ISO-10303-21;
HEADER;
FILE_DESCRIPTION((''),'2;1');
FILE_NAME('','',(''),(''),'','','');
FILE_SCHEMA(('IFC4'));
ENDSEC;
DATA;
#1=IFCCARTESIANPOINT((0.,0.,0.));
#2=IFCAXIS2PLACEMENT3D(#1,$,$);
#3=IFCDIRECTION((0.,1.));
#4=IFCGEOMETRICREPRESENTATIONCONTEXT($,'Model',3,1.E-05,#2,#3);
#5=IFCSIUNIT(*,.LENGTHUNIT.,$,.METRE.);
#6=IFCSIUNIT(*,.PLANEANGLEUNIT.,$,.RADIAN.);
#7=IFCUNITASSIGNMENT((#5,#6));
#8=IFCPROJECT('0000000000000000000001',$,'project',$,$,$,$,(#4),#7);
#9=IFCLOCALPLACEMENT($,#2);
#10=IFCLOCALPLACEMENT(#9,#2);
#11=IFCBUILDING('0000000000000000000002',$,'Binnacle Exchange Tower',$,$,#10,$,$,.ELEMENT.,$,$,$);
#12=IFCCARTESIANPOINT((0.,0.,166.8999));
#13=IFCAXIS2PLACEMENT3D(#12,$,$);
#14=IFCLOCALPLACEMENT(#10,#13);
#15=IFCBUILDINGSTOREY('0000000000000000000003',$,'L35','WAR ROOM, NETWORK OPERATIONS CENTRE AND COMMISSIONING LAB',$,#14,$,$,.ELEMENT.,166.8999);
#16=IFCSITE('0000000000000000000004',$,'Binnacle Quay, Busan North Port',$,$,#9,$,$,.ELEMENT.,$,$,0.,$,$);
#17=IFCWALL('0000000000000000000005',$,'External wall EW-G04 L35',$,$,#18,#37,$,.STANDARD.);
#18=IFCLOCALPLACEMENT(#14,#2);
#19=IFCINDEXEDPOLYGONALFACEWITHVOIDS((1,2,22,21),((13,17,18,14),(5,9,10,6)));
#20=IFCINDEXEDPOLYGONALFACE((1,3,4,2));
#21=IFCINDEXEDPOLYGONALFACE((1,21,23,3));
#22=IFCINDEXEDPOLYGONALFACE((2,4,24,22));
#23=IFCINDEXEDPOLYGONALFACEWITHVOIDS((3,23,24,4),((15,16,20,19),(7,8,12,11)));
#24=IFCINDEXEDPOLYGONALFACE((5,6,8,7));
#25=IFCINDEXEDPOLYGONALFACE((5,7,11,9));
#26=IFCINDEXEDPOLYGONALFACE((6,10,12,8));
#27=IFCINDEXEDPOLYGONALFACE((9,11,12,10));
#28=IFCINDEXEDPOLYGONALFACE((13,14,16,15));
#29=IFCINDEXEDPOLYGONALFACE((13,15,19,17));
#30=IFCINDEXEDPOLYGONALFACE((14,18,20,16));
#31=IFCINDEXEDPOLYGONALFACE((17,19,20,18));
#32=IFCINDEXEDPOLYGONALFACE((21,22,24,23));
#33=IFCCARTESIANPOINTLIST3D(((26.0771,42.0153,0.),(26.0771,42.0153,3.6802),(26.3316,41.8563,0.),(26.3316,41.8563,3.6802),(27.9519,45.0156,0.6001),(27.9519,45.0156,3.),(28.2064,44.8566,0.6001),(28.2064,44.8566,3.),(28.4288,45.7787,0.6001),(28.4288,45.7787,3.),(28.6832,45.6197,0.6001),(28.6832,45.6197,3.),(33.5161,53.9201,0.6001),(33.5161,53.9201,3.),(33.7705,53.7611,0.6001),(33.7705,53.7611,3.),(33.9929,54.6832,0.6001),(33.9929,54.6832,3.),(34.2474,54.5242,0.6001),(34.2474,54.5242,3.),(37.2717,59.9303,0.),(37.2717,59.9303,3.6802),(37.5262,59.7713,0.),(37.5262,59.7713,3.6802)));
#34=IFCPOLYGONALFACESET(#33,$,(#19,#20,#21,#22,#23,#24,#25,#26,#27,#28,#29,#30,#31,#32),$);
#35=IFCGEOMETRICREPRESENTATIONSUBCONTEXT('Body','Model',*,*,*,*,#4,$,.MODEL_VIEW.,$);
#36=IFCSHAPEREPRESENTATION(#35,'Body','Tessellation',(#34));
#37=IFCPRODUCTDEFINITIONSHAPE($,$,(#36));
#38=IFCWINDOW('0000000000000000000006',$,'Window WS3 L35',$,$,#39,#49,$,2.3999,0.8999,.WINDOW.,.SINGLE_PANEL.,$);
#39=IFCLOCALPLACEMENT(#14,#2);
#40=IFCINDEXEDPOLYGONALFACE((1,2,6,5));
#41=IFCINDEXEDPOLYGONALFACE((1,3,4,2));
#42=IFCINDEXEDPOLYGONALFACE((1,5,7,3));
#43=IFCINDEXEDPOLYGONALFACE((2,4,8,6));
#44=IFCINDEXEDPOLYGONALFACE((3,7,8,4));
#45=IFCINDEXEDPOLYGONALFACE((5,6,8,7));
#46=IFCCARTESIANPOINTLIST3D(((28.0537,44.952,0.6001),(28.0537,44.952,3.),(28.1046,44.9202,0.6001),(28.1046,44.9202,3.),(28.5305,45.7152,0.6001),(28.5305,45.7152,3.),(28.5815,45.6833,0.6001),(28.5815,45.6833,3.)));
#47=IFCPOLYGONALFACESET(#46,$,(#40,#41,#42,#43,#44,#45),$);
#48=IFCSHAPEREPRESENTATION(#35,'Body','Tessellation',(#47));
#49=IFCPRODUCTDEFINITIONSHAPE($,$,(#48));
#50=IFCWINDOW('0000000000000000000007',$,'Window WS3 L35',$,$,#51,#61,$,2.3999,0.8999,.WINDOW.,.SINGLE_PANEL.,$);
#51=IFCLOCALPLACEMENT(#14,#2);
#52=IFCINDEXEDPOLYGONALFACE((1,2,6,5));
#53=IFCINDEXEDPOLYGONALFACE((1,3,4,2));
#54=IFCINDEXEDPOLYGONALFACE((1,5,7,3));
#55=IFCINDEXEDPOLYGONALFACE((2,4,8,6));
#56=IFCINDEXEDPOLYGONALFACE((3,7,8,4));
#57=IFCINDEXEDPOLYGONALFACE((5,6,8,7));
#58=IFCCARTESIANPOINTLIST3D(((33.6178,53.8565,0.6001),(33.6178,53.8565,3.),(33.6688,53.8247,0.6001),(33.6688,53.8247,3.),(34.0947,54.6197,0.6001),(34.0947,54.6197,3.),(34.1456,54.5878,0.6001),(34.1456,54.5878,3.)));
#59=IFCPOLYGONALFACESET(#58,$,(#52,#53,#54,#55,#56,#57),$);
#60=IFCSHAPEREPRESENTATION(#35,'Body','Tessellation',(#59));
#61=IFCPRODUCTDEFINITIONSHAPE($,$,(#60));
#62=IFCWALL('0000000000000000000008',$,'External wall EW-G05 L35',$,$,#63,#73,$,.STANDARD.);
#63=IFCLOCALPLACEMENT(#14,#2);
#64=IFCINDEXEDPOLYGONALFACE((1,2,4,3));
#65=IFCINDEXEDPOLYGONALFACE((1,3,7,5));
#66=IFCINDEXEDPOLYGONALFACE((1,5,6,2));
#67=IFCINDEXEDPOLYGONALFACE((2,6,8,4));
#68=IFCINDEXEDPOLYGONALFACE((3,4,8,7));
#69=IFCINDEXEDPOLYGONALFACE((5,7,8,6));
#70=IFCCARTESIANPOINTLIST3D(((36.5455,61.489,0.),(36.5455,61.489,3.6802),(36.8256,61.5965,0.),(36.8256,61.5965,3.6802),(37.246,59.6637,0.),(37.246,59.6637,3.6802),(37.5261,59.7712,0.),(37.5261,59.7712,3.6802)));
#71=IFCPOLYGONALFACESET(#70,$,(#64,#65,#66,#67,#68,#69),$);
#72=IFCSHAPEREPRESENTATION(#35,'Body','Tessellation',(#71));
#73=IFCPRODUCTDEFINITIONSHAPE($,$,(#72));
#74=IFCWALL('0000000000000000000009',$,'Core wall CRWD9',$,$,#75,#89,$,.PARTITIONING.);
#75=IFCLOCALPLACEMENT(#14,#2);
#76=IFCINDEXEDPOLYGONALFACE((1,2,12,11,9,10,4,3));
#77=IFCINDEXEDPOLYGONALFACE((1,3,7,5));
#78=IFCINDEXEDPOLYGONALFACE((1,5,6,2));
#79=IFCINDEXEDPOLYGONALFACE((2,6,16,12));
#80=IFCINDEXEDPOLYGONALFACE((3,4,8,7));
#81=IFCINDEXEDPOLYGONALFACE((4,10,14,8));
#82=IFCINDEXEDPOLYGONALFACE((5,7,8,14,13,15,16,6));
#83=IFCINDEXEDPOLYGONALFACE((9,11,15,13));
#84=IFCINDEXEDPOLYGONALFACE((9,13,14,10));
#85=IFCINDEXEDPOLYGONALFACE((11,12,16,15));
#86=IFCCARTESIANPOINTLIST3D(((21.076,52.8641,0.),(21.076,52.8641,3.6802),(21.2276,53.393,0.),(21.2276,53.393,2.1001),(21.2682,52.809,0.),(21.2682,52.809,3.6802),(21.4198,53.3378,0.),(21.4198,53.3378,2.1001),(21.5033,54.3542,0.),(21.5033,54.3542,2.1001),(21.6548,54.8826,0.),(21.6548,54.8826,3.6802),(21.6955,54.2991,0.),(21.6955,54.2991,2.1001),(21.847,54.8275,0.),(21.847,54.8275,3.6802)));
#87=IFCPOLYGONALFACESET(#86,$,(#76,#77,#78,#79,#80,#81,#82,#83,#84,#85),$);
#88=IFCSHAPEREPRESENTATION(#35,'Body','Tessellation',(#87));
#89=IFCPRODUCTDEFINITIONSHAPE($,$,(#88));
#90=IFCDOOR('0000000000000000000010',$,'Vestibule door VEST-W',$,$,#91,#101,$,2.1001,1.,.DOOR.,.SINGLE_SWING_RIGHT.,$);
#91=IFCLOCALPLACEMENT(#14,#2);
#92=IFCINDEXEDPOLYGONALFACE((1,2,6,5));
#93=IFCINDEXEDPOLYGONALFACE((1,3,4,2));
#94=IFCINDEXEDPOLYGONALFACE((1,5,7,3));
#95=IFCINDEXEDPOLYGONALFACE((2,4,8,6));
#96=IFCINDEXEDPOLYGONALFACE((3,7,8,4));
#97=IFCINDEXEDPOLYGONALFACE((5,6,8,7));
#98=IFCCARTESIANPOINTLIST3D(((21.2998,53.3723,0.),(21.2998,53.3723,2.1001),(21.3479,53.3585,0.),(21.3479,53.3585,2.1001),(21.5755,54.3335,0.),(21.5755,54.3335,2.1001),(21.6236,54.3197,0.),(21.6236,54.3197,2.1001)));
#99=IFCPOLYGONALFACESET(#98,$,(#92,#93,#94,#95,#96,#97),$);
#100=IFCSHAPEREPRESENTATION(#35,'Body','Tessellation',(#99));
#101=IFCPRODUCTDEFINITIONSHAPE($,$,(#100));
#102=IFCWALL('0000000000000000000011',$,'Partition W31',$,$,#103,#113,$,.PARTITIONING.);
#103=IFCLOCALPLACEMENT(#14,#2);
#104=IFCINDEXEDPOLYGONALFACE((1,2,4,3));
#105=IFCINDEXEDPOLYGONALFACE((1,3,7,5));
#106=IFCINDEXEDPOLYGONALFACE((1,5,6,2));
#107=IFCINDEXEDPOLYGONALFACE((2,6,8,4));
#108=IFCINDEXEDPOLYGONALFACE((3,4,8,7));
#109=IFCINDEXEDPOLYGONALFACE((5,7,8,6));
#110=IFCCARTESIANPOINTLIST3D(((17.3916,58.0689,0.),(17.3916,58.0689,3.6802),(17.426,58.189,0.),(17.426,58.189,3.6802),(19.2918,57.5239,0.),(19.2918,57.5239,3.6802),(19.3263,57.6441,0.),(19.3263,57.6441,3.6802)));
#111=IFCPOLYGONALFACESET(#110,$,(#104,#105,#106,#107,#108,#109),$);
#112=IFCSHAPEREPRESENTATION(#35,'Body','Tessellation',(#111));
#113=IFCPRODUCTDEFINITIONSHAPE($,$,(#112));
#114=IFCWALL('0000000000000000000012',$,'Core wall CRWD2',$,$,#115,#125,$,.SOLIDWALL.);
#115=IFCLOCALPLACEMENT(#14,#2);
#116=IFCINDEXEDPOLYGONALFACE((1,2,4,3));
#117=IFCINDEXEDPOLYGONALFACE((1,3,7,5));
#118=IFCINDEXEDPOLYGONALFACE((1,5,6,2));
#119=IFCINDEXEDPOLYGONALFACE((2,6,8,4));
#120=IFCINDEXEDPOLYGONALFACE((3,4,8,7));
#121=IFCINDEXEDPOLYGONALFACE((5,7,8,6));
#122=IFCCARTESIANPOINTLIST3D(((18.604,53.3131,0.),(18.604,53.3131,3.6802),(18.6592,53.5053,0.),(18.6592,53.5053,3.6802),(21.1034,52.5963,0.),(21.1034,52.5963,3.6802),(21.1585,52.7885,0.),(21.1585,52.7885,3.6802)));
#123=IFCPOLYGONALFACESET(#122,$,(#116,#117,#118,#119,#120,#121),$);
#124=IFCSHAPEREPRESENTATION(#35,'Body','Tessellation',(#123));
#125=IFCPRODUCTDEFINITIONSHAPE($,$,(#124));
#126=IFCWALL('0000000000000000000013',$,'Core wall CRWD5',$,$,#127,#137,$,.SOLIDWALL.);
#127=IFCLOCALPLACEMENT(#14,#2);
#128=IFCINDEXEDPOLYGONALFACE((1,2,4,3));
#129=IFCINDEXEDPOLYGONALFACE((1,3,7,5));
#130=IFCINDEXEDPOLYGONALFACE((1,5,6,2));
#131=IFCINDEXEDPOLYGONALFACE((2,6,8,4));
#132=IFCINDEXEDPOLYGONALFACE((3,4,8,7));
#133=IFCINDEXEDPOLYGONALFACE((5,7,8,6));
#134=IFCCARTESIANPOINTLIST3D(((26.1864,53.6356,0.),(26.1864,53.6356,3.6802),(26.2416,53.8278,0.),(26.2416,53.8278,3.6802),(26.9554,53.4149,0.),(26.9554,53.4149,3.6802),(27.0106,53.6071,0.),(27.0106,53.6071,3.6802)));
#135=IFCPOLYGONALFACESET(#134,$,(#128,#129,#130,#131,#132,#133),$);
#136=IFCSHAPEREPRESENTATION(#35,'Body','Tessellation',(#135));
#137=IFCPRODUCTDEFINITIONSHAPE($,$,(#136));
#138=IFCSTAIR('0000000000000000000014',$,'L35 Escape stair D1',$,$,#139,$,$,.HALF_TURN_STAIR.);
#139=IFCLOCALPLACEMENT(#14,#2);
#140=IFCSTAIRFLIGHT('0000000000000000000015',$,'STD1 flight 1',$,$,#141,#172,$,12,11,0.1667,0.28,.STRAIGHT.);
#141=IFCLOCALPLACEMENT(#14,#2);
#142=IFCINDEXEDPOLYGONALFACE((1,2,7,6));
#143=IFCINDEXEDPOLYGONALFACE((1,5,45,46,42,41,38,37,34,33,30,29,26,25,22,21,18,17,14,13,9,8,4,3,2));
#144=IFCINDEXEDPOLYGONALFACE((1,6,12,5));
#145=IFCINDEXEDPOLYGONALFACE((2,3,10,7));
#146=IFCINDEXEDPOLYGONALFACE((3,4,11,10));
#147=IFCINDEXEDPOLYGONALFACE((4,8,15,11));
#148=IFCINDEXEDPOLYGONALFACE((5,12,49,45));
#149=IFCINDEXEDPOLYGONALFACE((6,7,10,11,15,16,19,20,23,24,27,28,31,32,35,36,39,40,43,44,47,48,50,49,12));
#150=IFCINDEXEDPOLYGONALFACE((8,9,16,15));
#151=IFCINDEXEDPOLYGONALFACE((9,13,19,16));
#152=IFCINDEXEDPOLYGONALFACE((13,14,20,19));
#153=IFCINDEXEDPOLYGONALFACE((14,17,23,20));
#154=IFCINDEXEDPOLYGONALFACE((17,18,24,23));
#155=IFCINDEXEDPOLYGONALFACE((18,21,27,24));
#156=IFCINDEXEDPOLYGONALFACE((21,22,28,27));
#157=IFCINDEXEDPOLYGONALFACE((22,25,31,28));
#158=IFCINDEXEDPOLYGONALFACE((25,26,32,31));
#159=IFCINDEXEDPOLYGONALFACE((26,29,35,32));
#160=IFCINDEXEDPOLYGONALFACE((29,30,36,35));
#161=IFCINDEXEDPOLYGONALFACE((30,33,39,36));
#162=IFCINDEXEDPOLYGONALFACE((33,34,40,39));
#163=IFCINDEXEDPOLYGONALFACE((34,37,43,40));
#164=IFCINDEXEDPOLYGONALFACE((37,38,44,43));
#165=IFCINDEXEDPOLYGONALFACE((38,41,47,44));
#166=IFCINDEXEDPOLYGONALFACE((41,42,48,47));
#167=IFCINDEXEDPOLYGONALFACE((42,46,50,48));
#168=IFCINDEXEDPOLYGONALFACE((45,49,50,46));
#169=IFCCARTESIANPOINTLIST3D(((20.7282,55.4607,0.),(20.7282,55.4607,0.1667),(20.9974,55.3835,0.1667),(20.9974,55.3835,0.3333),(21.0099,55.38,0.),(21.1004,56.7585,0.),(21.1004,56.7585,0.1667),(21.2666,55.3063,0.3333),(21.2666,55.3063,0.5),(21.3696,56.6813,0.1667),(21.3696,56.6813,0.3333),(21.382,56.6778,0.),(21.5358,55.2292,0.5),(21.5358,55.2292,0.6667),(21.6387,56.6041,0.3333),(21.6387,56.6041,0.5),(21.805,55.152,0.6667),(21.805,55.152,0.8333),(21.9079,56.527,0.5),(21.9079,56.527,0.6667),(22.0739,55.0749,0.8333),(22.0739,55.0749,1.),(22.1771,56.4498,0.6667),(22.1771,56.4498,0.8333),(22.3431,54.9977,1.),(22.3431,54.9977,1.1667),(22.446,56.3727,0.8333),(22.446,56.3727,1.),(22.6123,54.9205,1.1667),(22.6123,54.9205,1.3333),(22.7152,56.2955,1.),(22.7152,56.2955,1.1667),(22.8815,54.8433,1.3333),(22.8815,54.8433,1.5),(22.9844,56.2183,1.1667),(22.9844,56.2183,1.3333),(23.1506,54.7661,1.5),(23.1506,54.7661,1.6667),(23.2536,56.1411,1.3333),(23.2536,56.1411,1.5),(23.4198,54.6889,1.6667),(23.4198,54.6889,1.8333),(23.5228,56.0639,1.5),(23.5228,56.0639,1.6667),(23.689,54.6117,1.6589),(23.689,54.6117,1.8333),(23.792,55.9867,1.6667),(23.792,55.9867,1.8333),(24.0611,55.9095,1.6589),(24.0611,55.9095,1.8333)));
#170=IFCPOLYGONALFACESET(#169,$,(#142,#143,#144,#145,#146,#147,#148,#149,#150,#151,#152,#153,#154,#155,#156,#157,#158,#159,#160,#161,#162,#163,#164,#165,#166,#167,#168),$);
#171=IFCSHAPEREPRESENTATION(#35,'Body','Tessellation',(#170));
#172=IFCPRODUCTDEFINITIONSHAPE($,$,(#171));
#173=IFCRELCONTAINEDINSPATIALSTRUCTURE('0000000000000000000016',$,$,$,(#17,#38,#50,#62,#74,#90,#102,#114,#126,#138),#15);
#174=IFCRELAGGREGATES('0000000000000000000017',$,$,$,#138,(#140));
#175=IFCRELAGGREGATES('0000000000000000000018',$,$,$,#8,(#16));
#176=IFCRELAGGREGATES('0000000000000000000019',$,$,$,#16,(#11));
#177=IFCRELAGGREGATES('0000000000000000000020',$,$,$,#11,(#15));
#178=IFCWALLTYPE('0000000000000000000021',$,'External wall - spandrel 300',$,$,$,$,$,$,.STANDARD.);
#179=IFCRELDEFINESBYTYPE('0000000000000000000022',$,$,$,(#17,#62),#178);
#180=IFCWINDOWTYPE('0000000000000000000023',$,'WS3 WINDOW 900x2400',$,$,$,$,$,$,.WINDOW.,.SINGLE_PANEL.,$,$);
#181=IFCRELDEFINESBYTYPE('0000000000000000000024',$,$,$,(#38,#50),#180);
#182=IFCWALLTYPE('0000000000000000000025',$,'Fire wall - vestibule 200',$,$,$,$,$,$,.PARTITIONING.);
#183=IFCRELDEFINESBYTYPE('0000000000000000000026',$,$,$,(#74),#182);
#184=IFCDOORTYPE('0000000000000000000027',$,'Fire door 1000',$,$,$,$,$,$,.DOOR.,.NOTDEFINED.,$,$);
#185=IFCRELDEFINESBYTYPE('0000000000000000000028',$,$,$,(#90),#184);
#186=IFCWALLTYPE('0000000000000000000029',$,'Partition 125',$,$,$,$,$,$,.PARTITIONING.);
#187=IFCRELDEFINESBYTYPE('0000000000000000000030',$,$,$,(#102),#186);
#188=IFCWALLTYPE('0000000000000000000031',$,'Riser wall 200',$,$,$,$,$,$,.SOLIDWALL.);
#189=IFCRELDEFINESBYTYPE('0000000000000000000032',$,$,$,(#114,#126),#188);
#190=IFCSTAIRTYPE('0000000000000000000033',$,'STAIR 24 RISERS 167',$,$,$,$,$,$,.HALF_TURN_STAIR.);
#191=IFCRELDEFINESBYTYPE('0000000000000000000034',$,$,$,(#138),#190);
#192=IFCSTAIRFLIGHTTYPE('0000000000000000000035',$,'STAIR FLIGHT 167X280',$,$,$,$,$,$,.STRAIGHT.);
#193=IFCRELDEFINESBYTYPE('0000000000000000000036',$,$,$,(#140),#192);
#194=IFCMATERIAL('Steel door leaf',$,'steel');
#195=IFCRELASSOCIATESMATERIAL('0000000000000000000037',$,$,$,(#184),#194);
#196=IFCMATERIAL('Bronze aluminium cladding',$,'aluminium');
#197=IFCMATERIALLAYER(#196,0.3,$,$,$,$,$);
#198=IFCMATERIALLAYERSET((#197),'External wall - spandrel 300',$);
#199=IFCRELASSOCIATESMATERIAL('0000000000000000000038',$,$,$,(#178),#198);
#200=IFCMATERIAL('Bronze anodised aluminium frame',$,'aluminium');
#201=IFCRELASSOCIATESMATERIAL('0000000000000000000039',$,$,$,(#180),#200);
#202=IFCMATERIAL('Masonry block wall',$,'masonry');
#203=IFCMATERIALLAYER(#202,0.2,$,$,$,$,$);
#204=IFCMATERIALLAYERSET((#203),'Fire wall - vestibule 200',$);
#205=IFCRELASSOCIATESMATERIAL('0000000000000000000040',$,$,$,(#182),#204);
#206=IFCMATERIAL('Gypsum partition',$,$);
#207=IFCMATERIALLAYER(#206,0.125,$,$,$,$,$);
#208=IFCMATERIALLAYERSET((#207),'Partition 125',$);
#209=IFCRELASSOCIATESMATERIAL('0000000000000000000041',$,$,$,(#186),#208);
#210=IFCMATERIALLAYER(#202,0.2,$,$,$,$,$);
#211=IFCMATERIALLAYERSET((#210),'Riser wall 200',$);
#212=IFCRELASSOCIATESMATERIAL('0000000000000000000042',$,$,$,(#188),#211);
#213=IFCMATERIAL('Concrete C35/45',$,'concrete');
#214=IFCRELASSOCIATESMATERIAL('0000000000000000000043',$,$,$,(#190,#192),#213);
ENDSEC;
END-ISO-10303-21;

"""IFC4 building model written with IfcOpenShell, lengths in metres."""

from ifc_helpers import new_model, si_unit, direction, frame, frame_2d, origin, place, context, subcontext, project, spatial, polyline, rectangle, outline, extrude, material, layer, layer_set, type_object, element, fill, aggregate, save


model = new_model("IFC4")

# Units and contexts
model_context = context("Model", 3, precision=1e-05, world=origin(), true_north=direction((0.0, 1.0)))
body_context = subcontext(model_context, "Body", "Model", "MODEL_VIEW")
ifc_project = project(units=[si_unit("LENGTHUNIT", "METRE"), si_unit("PLANEANGLEUNIT", "RADIAN")], contexts=[model_context])

# Site, building, storey
site_placement = place(None, origin())
site = spatial("IfcSite", under=ifc_project, at=site_placement, Name="Binnacle Quay, Busan North Port", CompositionType="ELEMENT", RefElevation=0.0)
building_placement = place(site_placement, origin())
building = spatial("IfcBuilding", under=site, at=building_placement, Name="Binnacle Exchange Tower", CompositionType="ELEMENT")
storey_placement = place(building_placement, frame((0.0, 0.0, 166.8999)))
storey = spatial("IfcBuildingStorey", under=building, at=storey_placement, Name="L35", Description="WAR ROOM, NETWORK OPERATIONS CENTRE AND COMMISSIONING LAB", CompositionType="ELEMENT", Elevation=166.8999)

# Shared definitions
ifc_material_1 = material(Name="Steel door leaf", Category="steel")

# Shared definitions
door_type_1 = type_object("IfcDoorType", Name="Fire door 1000", OperationType="NOTDEFINED", PredefinedType="DOOR", material=ifc_material_1)

# Wall, openings, windows
ifc_material_2 = material(Name="Bronze aluminium cladding", Category="aluminium")
ifc_layer_1 = layer(ifc_material_2, 0.3)
ifc_layer_set_1 = layer_set([ifc_layer_1], Name="External wall - spandrel 300")
wall_type_1 = type_object("IfcWallType", Name="External wall - spandrel 300", PredefinedType="STANDARD", material=ifc_layer_set_1)
wall_1_placement = place(storey_placement, frame((37.3989, 59.8508, 0.0), z_axis=(0.0, 0.0, 1.0), x_axis=(-0.52992, -0.848048, 0.0)))
wall_1 = element("IfcWall", 1, at=wall_1_placement, inside=storey, type_object=wall_type_1, Name="External wall EW-G04 L35", PredefinedType="STANDARD", context=body_context, shape_type="SweptSolid", body=[
    extrude(rectangle(XDim=21.125, YDim=0.3, at=frame_2d((10.5625, 0.0))), origin(), (0.0, 0.0, 1.0), 3.6802),
])
opening_1_placement = place(wall_1_placement, frame((16.6873, 0.0, 0.6001)))
opening_1 = element("IfcOpeningElement", 2, at=opening_1_placement, cuts=wall_1, PredefinedType="OPENING", context=body_context, shape_type="SweptSolid", body=[
    extrude(rectangle(XDim=0.8999, YDim=2.3999, at=frame_2d((0.45, 1.2))), frame((0.0, 0.1599, 0.0), z_axis=(0.0, -1.0, 0.0), x_axis=(1.0, 0.0, 0.0)), (0.0, 0.0, 1.0), 0.3201),
])
opening_2_placement = place(wall_1_placement, frame((6.1873, 0.0, 0.6001)))
opening_2 = element("IfcOpeningElement", 3, at=opening_2_placement, cuts=wall_1, PredefinedType="OPENING", context=body_context, shape_type="SweptSolid", body=[
    extrude(rectangle(XDim=0.8999, YDim=2.3999, at=frame_2d((0.45, 1.2))), frame((0.0, 0.1599, 0.0), z_axis=(0.0, -1.0, 0.0), x_axis=(1.0, 0.0, 0.0)), (0.0, 0.0, 1.0), 0.3201),
])
ifc_material_3 = material(Name="Bronze anodised aluminium frame", Category="aluminium")
window_type = type_object("IfcWindowType", Name="WS3 WINDOW 900x2400", PartitioningType="SINGLE_PANEL", PredefinedType="WINDOW", material=ifc_material_3)
window_1_placement = place(opening_1_placement, origin())
window_1 = element("IfcWindow", 4, at=window_1_placement, inside=storey, type_object=window_type, Name="Window WS3 L35", OverallHeight=2.3999, OverallWidth=0.8999, PartitioningType="SINGLE_PANEL", PredefinedType="WINDOW", context=body_context, shape_type="SweptSolid", body=[
    extrude(rectangle(XDim=0.8999, YDim=2.3999, at=frame_2d((0.45, 1.2))), frame((0.0, 0.03, 0.0), z_axis=(0.0, -1.0, 0.0), x_axis=(1.0, 0.0, 0.0)), (0.0, 0.0, 1.0), 0.0601),
])
fill(opening_1, window_1)
window_2_placement = place(opening_2_placement, origin())
window_2 = element("IfcWindow", 5, at=window_2_placement, inside=storey, type_object=window_type, Name="Window WS3 L35", OverallHeight=2.3999, OverallWidth=0.8999, PartitioningType="SINGLE_PANEL", PredefinedType="WINDOW", context=body_context, shape_type="SweptSolid", body=[
    extrude(rectangle(XDim=0.8999, YDim=2.3999, at=frame_2d((0.45, 1.2))), frame((0.0, 0.03, 0.0), z_axis=(0.0, -1.0, 0.0), x_axis=(1.0, 0.0, 0.0)), (0.0, 0.0, 1.0), 0.0601),
])
fill(opening_2, window_2)

# Wall
wall_2_placement = place(storey_placement, frame((36.6855, 61.5427, 0.0), z_axis=(0.0, 0.0, 1.0), x_axis=(0.358284, -0.933612, 0.0)))
element("IfcWall", 6, at=wall_2_placement, inside=storey, type_object=wall_type_1, Name="External wall EW-G05 L35", PredefinedType="STANDARD", context=body_context, shape_type="SweptSolid", body=[
    extrude(rectangle(XDim=1.9551, YDim=0.3, at=frame_2d((0.9775, 0.0))), origin(), (0.0, 0.0, 1.0), 3.6802),
])

# Wall, opening, door
ifc_material_4 = material(Name="Masonry block wall", Category="masonry")
ifc_layer_2 = layer(ifc_material_4, 0.2)
ifc_layer_set_2 = layer_set([ifc_layer_2], Name="Fire wall - vestibule 200")
wall_type_2 = type_object("IfcWallType", Name="Fire wall - vestibule 200", PredefinedType="PARTITIONING", material=ifc_layer_set_2)
wall_3_placement = place(storey_placement, frame((21.1721, 52.8367, 0.0), z_axis=(0.0, 0.0, 1.0), x_axis=(0.275658, 0.961256, 0.0)))
wall_3 = element("IfcWall", 7, at=wall_3_placement, inside=storey, type_object=wall_type_2, Name="Core wall CRWD9", PredefinedType="PARTITIONING", context=body_context, shape_type="SweptSolid", body=[
    extrude(rectangle(XDim=2.0999, YDim=0.2, at=frame_2d((1.0498, 0.0))), origin(), (0.0, 0.0, 1.0), 3.6802),
])
opening_3_placement = place(wall_3_placement, frame((0.55, 0.0, 0.0)))
opening_3 = element("IfcOpeningElement", 8, at=opening_3_placement, cuts=wall_3, PredefinedType="OPENING", context=body_context, shape_type="SweptSolid", body=[
    extrude(rectangle(XDim=1.0, YDim=2.1001, at=frame_2d((0.5, 1.05))), frame((0.0, 0.1099, 0.0), z_axis=(0.0, -1.0, 0.0), x_axis=(1.0, 0.0, 0.0)), (0.0, 0.0, 1.0), 0.22),
])
door_1_placement = place(opening_3_placement, origin())
door_1 = element("IfcDoor", 9, at=door_1_placement, inside=storey, type_object=door_type_1, Name="Vestibule door VEST-W", OperationType="SINGLE_SWING_RIGHT", OverallHeight=2.1001, OverallWidth=1.0, PredefinedType="DOOR", context=body_context, shape_type="SweptSolid", body=[
    extrude(rectangle(XDim=1.0, YDim=2.1001, at=frame_2d((0.5, 1.05))), frame((0.0, 0.0249, 0.0), z_axis=(0.0, -1.0, 0.0), x_axis=(1.0, 0.0, 0.0)), (0.0, 0.0, 1.0), 0.05),
])
fill(opening_3, door_1)

# Walls
ifc_material_5 = material(Name="Gypsum partition")
ifc_layer_3 = layer(ifc_material_5, 0.125)
ifc_layer_set_3 = layer_set([ifc_layer_3], Name="Partition 125")
wall_type_3 = type_object("IfcWallType", Name="Partition 125", PredefinedType="PARTITIONING", material=ifc_layer_set_3)
wall_4_placement = place(storey_placement, frame((17.4089, 58.1289, 0.0), z_axis=(0.0, 0.0, 1.0), x_axis=(0.961253, -0.275667, 0.0)))
element("IfcWall", 10, at=wall_4_placement, inside=storey, type_object=wall_type_3, Name="Partition W31", PredefinedType="PARTITIONING", context=body_context, shape_type="SweptSolid", body=[
    extrude(rectangle(XDim=1.9768, YDim=0.125, at=frame_2d((0.9883, 0.0))), origin(), (0.0, 0.0, 1.0), 3.6802),
])
ifc_layer_4 = layer(ifc_material_4, 0.2)
ifc_layer_set_4 = layer_set([ifc_layer_4], Name="Riser wall 200")
wall_type_4 = type_object("IfcWallType", Name="Riser wall 200", PredefinedType="SOLIDWALL", material=ifc_layer_set_4)
wall_5_placement = place(storey_placement, frame((18.6316, 53.4092, 0.0), z_axis=(0.0, 0.0, 1.0), x_axis=(0.961247, -0.275688, 0.0)))
element("IfcWall", 11, at=wall_5_placement, inside=storey, type_object=wall_type_4, Name="Core wall CRWD2", PredefinedType="SOLIDWALL", context=body_context, shape_type="SweptSolid", body=[
    extrude(rectangle(XDim=2.6001, YDim=0.2, at=frame_2d((1.3, 0.0))), origin(), (0.0, 0.0, 1.0), 3.6802),
])
wall_6_placement = place(storey_placement, frame((26.2141, 53.7317, 0.0), z_axis=(0.0, 0.0, 1.0), x_axis=(0.961201, -0.275849, 0.0)))
element("IfcWall", 12, at=wall_6_placement, inside=storey, type_object=wall_type_4, Name="Core wall CRWD5", PredefinedType="SOLIDWALL", context=body_context, shape_type="SweptSolid", body=[
    extrude(rectangle(XDim=0.8, YDim=0.2, at=frame_2d((0.3999, 0.0))), origin(), (0.0, 0.0, 1.0), 3.6802),
])

# Stair, stair flight
ifc_material_6 = material(Name="Concrete C35/45", Category="concrete")
stair_type = type_object("IfcStairType", Name="STAIR 24 RISERS 167", PredefinedType="HALF_TURN_STAIR", material=ifc_material_6)
stair_placement = place(storey_placement, origin())
stair = element("IfcStair", 13, at=stair_placement, inside=storey, type_object=stair_type, Name="L35 Escape stair D1", PredefinedType="HALF_TURN_STAIR")
stair_flight_type = type_object("IfcStairFlightType", Name="STAIR FLIGHT 167X280", PredefinedType="STRAIGHT", material=ifc_material_6)
stair_flight_1_placement = place(storey_placement, frame((20.9143, 56.1096, 0.0), z_axis=(0.0, 0.0, 1.0), x_axis=(0.961262, -0.275637, 0.0)))
stair_flight_1 = element("IfcStairFlight", 14, at=stair_flight_1_placement, type_object=stair_flight_type, Name="STD1 flight 1", NumberOfRisers=12, NumberOfTreads=11, PredefinedType="STRAIGHT", RiserHeight=0.1667, TreadLength=0.28, context=body_context, shape_type="SweptSolid", body=[
    extrude(outline(polyline([(0.0, 0.0), (0.0, 0.1667), (0.28, 0.1667), (0.28, 0.3333), (0.5601, 0.3333), (0.5601, 0.5), (0.8401, 0.5), (0.8401, 0.6667), (1.1201, 0.6667), (1.1201, 0.8333), (1.3999, 0.8333), (1.3999, 1.0), (1.6799, 1.0), (1.6799, 1.1667), (1.96, 1.1667), (1.96, 1.3333), (2.24, 1.3333), (2.24, 1.5), (2.52, 1.5), (2.52, 1.6667), (2.8, 1.6667), (2.8, 1.8333), (3.0801, 1.8333), (3.0801, 2.0), (3.0801, 1.6589), (0.293, 0.0), (0.0, 0.0)])), frame((0.0, 0.675, 0.0), z_axis=(0.0, -1.0, 0.0), x_axis=(1.0, 0.0, 0.0)), (0.0, 0.0, 1.0), 1.3501),
])
aggregate(stair, [stair_flight_1])

save(model, "model.ifc")
